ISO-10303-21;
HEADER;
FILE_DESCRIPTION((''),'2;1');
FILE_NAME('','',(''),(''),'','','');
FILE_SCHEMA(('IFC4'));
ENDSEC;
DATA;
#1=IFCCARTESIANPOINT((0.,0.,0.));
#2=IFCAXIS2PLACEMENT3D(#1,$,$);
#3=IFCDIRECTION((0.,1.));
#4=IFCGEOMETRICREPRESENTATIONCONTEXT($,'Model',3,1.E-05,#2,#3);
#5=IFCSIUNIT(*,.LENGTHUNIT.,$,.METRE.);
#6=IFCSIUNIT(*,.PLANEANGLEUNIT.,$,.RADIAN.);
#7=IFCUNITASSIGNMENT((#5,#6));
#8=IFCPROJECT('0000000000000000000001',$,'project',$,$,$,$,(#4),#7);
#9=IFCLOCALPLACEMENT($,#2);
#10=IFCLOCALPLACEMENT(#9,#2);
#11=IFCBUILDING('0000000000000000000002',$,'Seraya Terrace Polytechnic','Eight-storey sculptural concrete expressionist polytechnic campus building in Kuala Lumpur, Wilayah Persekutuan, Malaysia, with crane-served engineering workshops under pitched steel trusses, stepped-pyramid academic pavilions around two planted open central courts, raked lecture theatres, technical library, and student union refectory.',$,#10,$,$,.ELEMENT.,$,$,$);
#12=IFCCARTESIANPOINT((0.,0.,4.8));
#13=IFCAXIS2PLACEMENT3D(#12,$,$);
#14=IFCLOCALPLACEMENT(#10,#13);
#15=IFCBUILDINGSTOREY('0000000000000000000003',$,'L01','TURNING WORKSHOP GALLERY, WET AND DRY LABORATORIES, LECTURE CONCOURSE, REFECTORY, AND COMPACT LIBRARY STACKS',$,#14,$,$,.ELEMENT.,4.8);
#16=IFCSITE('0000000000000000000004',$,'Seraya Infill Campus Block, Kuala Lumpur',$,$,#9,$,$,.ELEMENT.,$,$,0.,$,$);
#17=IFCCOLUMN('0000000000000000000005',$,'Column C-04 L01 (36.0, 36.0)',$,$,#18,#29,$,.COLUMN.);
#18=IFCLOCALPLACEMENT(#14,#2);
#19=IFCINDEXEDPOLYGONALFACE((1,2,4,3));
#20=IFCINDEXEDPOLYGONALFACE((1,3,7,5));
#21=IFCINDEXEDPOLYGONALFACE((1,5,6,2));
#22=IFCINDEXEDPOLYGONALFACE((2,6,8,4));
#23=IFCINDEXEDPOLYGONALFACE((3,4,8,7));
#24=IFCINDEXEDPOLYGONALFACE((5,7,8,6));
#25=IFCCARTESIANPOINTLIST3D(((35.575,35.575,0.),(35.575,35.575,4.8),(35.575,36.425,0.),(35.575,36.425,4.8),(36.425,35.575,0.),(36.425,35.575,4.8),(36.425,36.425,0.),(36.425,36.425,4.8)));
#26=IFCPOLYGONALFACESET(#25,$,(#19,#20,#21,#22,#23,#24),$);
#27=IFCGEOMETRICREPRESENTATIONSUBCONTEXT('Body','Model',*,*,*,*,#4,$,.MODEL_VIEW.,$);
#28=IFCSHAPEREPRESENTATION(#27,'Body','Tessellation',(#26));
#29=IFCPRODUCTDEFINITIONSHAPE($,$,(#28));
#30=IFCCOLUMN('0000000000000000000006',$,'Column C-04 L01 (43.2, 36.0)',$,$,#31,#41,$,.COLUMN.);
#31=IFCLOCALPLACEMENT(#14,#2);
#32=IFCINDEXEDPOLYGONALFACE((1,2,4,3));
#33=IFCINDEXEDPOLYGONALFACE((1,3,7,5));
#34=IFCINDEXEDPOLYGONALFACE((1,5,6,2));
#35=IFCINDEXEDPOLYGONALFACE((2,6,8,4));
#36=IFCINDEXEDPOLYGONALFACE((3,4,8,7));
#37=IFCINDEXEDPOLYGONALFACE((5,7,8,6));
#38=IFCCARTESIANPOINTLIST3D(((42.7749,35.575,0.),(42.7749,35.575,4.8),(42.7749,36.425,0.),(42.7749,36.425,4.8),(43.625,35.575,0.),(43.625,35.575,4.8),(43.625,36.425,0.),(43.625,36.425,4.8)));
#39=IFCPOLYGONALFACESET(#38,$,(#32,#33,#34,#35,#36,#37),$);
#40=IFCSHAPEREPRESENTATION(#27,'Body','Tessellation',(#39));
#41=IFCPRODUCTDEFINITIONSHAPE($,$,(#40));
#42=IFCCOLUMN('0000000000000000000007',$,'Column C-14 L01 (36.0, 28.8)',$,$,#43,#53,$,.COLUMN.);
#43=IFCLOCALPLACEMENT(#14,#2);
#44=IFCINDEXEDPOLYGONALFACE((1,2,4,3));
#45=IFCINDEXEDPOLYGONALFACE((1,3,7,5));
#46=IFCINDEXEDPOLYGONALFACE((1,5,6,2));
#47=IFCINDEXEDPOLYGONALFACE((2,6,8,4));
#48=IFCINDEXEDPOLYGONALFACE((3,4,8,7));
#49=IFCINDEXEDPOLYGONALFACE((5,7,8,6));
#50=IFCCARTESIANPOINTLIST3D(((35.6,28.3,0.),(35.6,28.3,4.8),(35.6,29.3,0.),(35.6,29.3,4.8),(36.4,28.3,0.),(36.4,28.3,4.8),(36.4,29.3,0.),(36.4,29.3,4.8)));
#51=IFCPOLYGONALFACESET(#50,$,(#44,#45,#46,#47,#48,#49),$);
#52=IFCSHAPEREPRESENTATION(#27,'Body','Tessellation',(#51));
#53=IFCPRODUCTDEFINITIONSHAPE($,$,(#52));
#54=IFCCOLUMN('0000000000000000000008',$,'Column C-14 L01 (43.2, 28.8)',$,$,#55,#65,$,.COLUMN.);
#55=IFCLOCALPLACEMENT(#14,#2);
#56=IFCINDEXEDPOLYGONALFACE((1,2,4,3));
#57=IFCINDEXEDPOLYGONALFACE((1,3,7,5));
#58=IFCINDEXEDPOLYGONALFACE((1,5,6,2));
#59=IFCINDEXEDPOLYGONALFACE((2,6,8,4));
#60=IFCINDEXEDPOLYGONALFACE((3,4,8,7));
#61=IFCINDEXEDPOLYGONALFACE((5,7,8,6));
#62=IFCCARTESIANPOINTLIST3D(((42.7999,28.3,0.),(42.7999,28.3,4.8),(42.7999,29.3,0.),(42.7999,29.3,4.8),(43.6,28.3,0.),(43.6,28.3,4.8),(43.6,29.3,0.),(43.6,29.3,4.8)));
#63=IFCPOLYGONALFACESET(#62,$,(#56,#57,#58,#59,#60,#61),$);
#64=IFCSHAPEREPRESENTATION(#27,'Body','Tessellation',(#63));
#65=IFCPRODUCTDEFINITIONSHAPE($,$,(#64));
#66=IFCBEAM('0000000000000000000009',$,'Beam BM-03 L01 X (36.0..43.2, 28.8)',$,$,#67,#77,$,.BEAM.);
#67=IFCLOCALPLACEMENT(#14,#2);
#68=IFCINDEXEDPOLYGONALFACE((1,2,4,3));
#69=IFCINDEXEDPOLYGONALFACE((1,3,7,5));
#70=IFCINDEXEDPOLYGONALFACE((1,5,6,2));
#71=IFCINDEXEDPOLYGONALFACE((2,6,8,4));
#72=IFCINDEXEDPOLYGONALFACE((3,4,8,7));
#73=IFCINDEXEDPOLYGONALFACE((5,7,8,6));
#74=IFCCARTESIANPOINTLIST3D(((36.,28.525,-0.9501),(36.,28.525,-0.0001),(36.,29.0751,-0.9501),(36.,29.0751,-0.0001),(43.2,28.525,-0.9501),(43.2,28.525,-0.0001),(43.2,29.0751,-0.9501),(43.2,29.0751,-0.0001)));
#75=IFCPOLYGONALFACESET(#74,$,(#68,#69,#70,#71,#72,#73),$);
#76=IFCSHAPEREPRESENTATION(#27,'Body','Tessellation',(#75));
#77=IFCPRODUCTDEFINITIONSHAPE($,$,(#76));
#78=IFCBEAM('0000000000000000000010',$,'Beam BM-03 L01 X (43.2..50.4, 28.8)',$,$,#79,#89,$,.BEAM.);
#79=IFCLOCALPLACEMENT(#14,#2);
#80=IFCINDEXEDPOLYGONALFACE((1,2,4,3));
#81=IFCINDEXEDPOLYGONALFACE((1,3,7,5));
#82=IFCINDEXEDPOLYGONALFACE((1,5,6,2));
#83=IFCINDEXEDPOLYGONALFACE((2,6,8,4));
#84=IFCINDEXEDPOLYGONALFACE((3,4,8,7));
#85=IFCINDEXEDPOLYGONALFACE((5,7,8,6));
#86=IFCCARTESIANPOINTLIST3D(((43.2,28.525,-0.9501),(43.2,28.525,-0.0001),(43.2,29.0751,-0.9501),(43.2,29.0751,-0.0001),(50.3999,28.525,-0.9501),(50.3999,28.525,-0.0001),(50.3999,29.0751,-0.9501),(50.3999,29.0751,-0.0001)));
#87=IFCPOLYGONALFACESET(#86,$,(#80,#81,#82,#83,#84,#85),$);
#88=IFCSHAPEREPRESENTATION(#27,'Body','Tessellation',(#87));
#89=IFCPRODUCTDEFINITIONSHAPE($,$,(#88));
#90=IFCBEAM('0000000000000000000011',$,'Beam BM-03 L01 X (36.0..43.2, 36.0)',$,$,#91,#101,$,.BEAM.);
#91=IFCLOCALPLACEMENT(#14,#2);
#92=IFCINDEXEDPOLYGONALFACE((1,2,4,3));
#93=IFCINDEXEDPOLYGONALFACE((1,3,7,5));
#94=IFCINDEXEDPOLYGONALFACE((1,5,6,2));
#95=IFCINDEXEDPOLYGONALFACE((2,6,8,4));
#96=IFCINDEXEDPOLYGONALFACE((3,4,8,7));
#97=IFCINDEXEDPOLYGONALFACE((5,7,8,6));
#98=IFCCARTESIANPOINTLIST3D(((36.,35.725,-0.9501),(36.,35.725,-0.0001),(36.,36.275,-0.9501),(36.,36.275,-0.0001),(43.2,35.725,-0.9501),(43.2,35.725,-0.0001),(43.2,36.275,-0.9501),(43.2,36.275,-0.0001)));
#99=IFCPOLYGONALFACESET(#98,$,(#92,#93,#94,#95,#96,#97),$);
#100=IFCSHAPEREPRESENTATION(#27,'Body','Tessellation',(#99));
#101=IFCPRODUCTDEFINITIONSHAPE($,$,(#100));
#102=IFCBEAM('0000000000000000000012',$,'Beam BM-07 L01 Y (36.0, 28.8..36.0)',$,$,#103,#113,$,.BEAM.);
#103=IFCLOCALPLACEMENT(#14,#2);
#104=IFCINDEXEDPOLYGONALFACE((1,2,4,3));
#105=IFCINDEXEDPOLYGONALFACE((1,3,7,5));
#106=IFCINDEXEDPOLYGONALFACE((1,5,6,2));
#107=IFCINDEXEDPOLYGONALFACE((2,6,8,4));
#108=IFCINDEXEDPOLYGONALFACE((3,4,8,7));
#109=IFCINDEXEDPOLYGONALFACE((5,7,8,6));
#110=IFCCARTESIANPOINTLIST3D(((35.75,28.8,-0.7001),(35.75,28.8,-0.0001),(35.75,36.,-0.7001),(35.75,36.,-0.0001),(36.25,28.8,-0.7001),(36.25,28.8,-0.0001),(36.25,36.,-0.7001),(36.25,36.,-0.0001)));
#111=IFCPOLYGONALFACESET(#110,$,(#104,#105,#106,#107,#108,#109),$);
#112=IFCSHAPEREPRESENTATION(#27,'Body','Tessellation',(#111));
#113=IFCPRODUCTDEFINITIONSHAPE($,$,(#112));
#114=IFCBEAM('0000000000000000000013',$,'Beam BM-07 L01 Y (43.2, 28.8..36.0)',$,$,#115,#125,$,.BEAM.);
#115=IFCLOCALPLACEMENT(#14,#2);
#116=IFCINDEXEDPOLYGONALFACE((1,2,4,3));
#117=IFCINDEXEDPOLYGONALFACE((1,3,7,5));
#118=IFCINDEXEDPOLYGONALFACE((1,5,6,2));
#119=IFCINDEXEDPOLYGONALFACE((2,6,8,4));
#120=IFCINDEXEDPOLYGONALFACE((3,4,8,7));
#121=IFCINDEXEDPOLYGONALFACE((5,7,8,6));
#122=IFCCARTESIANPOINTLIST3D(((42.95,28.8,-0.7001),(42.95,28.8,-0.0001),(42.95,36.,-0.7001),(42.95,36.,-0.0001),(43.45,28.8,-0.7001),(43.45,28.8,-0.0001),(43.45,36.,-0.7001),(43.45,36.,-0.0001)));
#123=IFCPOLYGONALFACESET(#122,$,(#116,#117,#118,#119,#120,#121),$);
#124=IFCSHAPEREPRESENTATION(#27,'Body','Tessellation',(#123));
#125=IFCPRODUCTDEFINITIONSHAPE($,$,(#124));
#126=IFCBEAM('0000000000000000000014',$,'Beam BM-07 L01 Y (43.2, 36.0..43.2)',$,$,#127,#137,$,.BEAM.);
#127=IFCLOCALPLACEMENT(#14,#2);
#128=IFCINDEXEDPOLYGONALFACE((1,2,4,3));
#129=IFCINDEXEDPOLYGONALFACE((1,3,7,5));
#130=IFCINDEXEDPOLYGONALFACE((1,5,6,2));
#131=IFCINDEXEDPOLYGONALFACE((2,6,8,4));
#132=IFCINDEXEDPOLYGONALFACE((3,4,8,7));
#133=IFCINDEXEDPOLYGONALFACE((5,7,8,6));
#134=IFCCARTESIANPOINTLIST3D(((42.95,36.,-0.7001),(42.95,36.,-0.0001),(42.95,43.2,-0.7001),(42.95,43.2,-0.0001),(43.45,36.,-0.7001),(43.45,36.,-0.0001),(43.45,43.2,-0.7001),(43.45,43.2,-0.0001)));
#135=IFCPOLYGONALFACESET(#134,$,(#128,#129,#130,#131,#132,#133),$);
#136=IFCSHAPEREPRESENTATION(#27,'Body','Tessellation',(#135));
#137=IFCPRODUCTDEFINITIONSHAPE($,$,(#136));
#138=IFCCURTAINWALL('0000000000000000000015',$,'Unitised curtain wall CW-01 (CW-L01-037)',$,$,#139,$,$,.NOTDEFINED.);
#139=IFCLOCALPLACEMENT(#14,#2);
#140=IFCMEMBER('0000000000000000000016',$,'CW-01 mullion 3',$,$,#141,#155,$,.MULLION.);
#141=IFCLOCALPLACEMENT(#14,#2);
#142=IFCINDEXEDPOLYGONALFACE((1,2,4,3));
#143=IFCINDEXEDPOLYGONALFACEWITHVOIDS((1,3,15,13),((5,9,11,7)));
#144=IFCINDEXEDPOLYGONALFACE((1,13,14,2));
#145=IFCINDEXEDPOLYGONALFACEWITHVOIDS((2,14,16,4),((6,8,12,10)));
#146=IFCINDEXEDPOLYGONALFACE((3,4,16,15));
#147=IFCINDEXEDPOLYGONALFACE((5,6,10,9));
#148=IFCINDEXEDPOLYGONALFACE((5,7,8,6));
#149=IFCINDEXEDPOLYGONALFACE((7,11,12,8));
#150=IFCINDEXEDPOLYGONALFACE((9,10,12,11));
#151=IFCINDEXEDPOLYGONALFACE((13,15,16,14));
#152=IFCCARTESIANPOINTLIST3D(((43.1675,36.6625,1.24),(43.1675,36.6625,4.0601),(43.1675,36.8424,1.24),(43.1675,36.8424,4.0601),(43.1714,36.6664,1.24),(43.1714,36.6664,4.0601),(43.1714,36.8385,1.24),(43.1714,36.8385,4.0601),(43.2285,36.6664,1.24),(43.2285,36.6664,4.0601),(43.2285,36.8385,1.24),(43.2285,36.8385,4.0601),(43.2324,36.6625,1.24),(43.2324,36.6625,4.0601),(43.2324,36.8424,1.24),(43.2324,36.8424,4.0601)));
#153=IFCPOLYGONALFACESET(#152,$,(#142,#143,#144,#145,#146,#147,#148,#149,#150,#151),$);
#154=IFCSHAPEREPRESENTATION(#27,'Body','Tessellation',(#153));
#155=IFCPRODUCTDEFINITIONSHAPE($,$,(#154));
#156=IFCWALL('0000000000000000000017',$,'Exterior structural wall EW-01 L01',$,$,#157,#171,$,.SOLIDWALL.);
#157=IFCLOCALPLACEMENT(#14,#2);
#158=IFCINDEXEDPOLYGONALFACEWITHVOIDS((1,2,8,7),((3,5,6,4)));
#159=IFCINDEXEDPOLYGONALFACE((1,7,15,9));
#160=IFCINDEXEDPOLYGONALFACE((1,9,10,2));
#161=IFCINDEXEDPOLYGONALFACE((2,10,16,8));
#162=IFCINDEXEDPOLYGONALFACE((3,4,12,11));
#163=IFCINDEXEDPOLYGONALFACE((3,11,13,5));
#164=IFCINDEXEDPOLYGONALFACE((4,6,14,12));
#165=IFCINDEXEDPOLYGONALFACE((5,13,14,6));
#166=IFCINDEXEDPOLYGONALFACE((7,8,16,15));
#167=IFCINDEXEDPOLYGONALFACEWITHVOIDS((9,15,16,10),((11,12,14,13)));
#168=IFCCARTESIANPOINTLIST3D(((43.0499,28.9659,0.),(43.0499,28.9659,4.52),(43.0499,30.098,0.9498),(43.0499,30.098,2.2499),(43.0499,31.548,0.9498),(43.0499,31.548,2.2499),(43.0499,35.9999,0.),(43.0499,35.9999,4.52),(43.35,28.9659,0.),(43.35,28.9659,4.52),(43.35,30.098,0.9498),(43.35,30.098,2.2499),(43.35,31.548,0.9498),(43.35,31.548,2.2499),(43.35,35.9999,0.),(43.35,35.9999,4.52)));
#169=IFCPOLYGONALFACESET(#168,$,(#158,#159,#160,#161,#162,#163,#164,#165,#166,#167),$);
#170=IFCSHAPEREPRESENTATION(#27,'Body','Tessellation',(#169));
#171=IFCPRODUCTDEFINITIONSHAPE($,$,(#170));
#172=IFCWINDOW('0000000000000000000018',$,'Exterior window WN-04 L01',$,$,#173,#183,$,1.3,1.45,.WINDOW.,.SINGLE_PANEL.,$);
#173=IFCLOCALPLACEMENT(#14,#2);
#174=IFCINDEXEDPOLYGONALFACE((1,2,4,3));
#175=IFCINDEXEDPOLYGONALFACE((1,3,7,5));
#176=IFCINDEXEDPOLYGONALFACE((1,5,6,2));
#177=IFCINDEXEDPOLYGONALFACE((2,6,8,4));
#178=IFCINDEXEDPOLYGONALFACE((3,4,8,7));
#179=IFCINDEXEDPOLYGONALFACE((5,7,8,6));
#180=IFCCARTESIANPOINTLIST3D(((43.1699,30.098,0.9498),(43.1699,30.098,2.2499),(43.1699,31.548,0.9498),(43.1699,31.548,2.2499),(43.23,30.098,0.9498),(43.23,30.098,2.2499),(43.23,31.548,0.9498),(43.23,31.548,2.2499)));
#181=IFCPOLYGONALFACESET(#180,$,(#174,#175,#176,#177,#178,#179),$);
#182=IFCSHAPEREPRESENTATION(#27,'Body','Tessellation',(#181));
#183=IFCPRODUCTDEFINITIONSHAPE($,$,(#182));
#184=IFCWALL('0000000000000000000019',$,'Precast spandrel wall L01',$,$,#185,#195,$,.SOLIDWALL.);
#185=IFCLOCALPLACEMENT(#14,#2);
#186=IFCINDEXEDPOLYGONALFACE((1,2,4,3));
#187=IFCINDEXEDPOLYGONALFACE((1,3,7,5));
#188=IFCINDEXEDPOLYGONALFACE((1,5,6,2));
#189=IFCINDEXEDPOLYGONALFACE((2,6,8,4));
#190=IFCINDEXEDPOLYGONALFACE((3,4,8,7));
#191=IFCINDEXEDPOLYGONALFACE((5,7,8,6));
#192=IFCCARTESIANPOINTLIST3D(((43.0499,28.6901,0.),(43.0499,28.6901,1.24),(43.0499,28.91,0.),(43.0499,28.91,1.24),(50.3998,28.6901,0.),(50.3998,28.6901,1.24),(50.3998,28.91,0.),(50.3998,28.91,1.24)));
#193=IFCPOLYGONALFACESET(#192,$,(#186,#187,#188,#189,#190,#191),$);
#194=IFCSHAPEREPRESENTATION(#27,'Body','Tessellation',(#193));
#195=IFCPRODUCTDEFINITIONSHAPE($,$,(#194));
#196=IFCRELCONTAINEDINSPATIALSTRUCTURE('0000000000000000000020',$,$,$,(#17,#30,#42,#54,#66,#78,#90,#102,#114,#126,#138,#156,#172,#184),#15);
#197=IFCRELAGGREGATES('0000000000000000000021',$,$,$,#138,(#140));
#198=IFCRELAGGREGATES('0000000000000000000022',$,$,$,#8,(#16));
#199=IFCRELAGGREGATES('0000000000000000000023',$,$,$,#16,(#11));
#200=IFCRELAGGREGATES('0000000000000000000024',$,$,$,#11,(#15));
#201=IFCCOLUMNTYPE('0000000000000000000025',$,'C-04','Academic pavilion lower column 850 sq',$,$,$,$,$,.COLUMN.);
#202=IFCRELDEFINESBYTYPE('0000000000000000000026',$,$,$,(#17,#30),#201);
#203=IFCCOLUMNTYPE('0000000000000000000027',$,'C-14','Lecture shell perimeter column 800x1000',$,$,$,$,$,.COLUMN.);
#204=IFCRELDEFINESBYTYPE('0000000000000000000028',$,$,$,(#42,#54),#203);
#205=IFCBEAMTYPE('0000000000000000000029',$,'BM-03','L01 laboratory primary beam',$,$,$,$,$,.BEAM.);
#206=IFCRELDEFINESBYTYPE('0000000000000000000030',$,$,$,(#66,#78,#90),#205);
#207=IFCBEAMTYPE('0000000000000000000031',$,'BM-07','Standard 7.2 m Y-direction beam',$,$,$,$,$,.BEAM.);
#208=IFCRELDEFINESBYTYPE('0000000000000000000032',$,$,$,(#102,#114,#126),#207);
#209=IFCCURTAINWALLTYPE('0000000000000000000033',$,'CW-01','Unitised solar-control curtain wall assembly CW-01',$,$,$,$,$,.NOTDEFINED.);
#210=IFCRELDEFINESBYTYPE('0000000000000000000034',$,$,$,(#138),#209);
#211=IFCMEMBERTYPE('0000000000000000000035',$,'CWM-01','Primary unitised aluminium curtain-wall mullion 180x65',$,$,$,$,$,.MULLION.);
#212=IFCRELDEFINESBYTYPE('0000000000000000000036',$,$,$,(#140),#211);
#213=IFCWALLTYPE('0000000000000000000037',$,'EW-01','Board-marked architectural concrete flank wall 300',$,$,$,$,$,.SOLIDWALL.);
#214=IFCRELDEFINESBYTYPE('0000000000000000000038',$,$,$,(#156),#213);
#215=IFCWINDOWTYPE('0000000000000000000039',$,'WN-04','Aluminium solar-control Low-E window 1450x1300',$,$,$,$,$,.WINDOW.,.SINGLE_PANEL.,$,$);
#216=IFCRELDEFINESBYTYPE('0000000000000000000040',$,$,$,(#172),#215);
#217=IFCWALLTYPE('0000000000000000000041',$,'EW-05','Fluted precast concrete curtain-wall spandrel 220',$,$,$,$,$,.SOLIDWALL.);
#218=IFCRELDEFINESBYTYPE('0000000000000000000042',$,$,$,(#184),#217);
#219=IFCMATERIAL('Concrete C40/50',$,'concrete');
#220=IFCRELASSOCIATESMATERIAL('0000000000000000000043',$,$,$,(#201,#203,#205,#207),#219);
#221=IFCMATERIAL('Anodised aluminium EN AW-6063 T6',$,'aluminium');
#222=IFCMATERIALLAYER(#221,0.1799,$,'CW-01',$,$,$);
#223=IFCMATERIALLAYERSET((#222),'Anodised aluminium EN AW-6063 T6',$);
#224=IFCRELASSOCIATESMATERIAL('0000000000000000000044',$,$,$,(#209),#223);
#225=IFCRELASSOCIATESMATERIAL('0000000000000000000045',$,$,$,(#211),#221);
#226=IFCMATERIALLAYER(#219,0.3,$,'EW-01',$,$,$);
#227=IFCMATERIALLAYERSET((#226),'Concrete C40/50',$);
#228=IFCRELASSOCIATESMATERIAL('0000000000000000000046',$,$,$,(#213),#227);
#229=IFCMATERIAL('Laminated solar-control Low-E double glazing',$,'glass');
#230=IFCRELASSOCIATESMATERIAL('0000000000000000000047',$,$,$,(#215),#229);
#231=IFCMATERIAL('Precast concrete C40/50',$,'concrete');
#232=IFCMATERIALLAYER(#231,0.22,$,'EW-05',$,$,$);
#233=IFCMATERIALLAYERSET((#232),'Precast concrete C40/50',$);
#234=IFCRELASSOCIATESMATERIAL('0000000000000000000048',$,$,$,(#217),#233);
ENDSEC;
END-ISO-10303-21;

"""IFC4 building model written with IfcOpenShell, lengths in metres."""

from ifc_helpers import new_model, si_unit, direction, frame, frame_2d, origin, origin_2d, place, context, subcontext, project, spatial, rectangle, hollow_rectangle, extrude, material, layer, layer_set, material_profile, profile_set, type_object, element, fill, aggregate, save


model = new_model("IFC4")

# Units and contexts
model_context = context("Model", 3, precision=1e-05, world=origin(), true_north=direction((0.0, 1.0)))
body_context = subcontext(model_context, "Body", "Model", "MODEL_VIEW")
ifc_project = project(units=[si_unit("LENGTHUNIT", "METRE"), si_unit("PLANEANGLEUNIT", "RADIAN")], contexts=[model_context])

# Site, building, storey
site_placement = place(None, origin())
site = spatial("IfcSite", under=ifc_project, at=site_placement, Name="Seraya Infill Campus Block, Kuala Lumpur", CompositionType="ELEMENT", RefElevation=0.0)
building_placement = place(site_placement, origin())
building = spatial("IfcBuilding", under=site, at=building_placement, Name="Seraya Terrace Polytechnic", Description="Eight-storey sculptural concrete expressionist polytechnic campus building in Kuala Lumpur, Wilayah Persekutuan, Malaysia, with crane-served engineering workshops under pitched steel trusses, stepped-pyramid academic pavilions around two planted open central courts, raked lecture theatres, technical library, and student union refectory.", CompositionType="ELEMENT")
storey_placement = place(building_placement, frame((0.0, 0.0, 4.8)))
storey = spatial("IfcBuildingStorey", under=building, at=storey_placement, Name="L01", Description="TURNING WORKSHOP GALLERY, WET AND DRY LABORATORIES, LECTURE CONCOURSE, REFECTORY, AND COMPACT LIBRARY STACKS", CompositionType="ELEMENT", Elevation=4.8)

# Columns
ifc_material_1 = material(Name="Concrete C40/50", Category="concrete")
ifc_material_profile_1 = material_profile(ifc_material_1, rectangle(XDim=0.8501, YDim=0.8501, at=origin_2d()), Name="RC 850x850")
ifc_profile_set_1 = profile_set([ifc_material_profile_1], Name="Concrete C40/50")
column_type_1 = type_object("IfcColumnType", Name="C-04", Description="Academic pavilion lower column 850 sq", PredefinedType="COLUMN", material=ifc_profile_set_1)
for number, where, z_axis, x_axis, name in (
    (1, (36.0, 36.0, 0.0), (0.0, 0.0, 1.0), (1.0, 0.0, 0.0), "Column C-04 L01 (36.0, 36.0)"),
    (2, (43.2, 36.0, 0.0), (0.0, 0.0, 1.0), (1.0, 0.0, 0.0), "Column C-04 L01 (43.2, 36.0)"),
):
    element("IfcColumn", number, at=place(storey_placement, frame(where, z_axis=z_axis, x_axis=x_axis)), inside=storey, type_object=column_type_1, Name=name, PredefinedType="COLUMN", context=body_context, shape_type="SweptSolid", body=[
        extrude(rectangle(XDim=0.8501, YDim=0.8501, at=origin_2d()), origin(), (0.0, 0.0, 1.0), 4.8),
    ])
ifc_material_profile_2 = material_profile(ifc_material_1, rectangle(XDim=0.8, YDim=1.0, at=origin_2d()), Name="RC 800x1000")
ifc_profile_set_2 = profile_set([ifc_material_profile_2], Name="Concrete C40/50")
column_type_2 = type_object("IfcColumnType", Name="C-14", Description="Lecture shell perimeter column 800x1000", PredefinedType="COLUMN", material=ifc_profile_set_2)
for number, where, z_axis, x_axis, name in (
    (3, (36.0, 28.8, 0.0), (0.0, 0.0, 1.0), (1.0, 0.0, 0.0), "Column C-14 L01 (36.0, 28.8)"),
    (4, (43.2, 28.8, 0.0), (0.0, 0.0, 1.0), (1.0, 0.0, 0.0), "Column C-14 L01 (43.2, 28.8)"),
):
    element("IfcColumn", number, at=place(storey_placement, frame(where, z_axis=z_axis, x_axis=x_axis)), inside=storey, type_object=column_type_2, Name=name, PredefinedType="COLUMN", context=body_context, shape_type="SweptSolid", body=[
        extrude(rectangle(XDim=0.8, YDim=1.0, at=origin_2d()), origin(), (0.0, 0.0, 1.0), 4.8),
    ])

# Beams
ifc_material_profile_3 = material_profile(ifc_material_1, rectangle(XDim=0.55, YDim=0.95, at=origin_2d()), Name="RC 550x950")
ifc_profile_set_3 = profile_set([ifc_material_profile_3], Name="Concrete C40/50")
beam_type_1 = type_object("IfcBeamType", Name="BM-03", Description="L01 laboratory primary beam", PredefinedType="BEAM", material=ifc_profile_set_3)
for number, where, z_axis, x_axis, name in (
    (5, (36.0, 28.8, -0.4751), (1.0, 0.0, 0.0), (0.0, 1.0, 0.0), "Beam BM-03 L01 X (36.0..43.2, 28.8)"),
    (6, (43.2, 28.8, -0.4751), (1.0, 0.0, 0.0), (0.0, 1.0, 0.0), "Beam BM-03 L01 X (43.2..50.4, 28.8)"),
    (7, (36.0, 36.0, -0.4751), (1.0, 0.0, 0.0), (0.0, 1.0, 0.0), "Beam BM-03 L01 X (36.0..43.2, 36.0)"),
):
    element("IfcBeam", number, at=place(storey_placement, frame(where, z_axis=z_axis, x_axis=x_axis)), inside=storey, type_object=beam_type_1, Name=name, PredefinedType="BEAM", context=body_context, shape_type="SweptSolid", body=[
        extrude(rectangle(XDim=0.55, YDim=0.95, at=origin_2d()), origin(), (0.0, 0.0, 1.0), 7.2),
    ])
ifc_material_profile_4 = material_profile(ifc_material_1, rectangle(XDim=0.5, YDim=0.7, at=origin_2d()), Name="RC 500x700")
ifc_profile_set_4 = profile_set([ifc_material_profile_4], Name="Concrete C40/50")
beam_type_2 = type_object("IfcBeamType", Name="BM-07", Description="Standard 7.2 m Y-direction beam", PredefinedType="BEAM", material=ifc_profile_set_4)
for number, where, z_axis, x_axis, name in (
    (8, (36.0, 28.8, -0.3501), (0.0, 1.0, 0.0), (-1.0, 0.0, 0.0), "Beam BM-07 L01 Y (36.0, 28.8..36.0)"),
    (9, (43.2, 28.8, -0.3501), (0.0, 1.0, 0.0), (-1.0, 0.0, 0.0), "Beam BM-07 L01 Y (43.2, 28.8..36.0)"),
    (10, (43.2, 36.0, -0.3501), (0.0, 1.0, 0.0), (-1.0, 0.0, 0.0), "Beam BM-07 L01 Y (43.2, 36.0..43.2)"),
):
    element("IfcBeam", number, at=place(storey_placement, frame(where, z_axis=z_axis, x_axis=x_axis)), inside=storey, type_object=beam_type_2, Name=name, PredefinedType="BEAM", context=body_context, shape_type="SweptSolid", body=[
        extrude(rectangle(XDim=0.5, YDim=0.7, at=origin_2d()), origin(), (0.0, 0.0, 1.0), 7.2),
    ])

# Curtain wall, member
ifc_material_2 = material(Name="Anodised aluminium EN AW-6063 T6", Category="aluminium")
ifc_layer_1 = layer(ifc_material_2, 0.1799, Name="CW-01")
ifc_layer_set_1 = layer_set([ifc_layer_1], Name="Anodised aluminium EN AW-6063 T6")
curtain_wall_type = type_object("IfcCurtainWallType", Name="CW-01", Description="Unitised solar-control curtain wall assembly CW-01", PredefinedType="NOTDEFINED", material=ifc_layer_set_1)
curtain_wall_placement = place(storey_placement, origin())
curtain_wall = element("IfcCurtainWall", 11, at=curtain_wall_placement, inside=storey, type_object=curtain_wall_type, Name="Unitised curtain wall CW-01 (CW-L01-037)", PredefinedType="NOTDEFINED")
ifc_material_profile_5 = material_profile(ifc_material_2, hollow_rectangle(XDim=0.0649, YDim=0.1799, WallThickness=0.0039, at=origin_2d()), Name="RHS 180x65x4.0")
ifc_profile_set_5 = profile_set([ifc_material_profile_5], Name="Anodised aluminium EN AW-6063 T6")
member_type = type_object("IfcMemberType", Name="CWM-01", Description="Primary unitised aluminium curtain-wall mullion 180x65", PredefinedType="MULLION", material=ifc_profile_set_5)
member_placement = place(storey_placement, frame((43.2, 36.7524, 1.24), z_axis=(0.0, 0.0, 1.0), x_axis=(1.0, 0.0, 0.0)))
member = element("IfcMember", 12, at=member_placement, type_object=member_type, Name="CW-01 mullion 3", PredefinedType="MULLION", context=body_context, shape_type="SweptSolid", body=[
    extrude(hollow_rectangle(XDim=0.0649, YDim=0.1799, WallThickness=0.0039, at=origin_2d()), origin(), (0.0, 0.0, 1.0), 2.8201),
])
aggregate(curtain_wall, [member])

# Wall, opening, window
ifc_layer_2 = layer(ifc_material_1, 0.3, Name="EW-01")
ifc_layer_set_2 = layer_set([ifc_layer_2], Name="Concrete C40/50")
wall_type_1 = type_object("IfcWallType", Name="EW-01", Description="Board-marked architectural concrete flank wall 300", PredefinedType="SOLIDWALL", material=ifc_layer_set_2)
wall_1_placement = place(storey_placement, frame((43.2, 36.0, 0.0), z_axis=(0.0, 0.0, 1.0), x_axis=(0.0, -1.0, 0.0)))
wall_1 = element("IfcWall", 13, at=wall_1_placement, inside=storey, type_object=wall_type_1, Name="Exterior structural wall EW-01 L01", PredefinedType="SOLIDWALL", context=body_context, shape_type="SweptSolid", body=[
    extrude(rectangle(XDim=7.0339, YDim=0.3, at=frame_2d((3.5171, 0.0))), origin(), (0.0, 0.0, 1.0), 4.52),
])
opening_1_placement = place(wall_1_placement, frame((4.4519, 0.0, 0.95)))
opening_1 = element("IfcOpeningElement", 14, at=opening_1_placement, cuts=wall_1, PredefinedType="OPENING", context=body_context, shape_type="SweptSolid", body=[
    extrude(rectangle(XDim=1.45, YDim=1.3, at=frame_2d((0.7251, 0.6499))), frame((0.0, 0.1621, 0.0), z_axis=(0.0, -1.0, 0.0), x_axis=(1.0, 0.0, 0.0)), (0.0, 0.0, 1.0), 0.324),
])
ifc_material_3 = material(Name="Laminated solar-control Low-E double glazing", Category="glass")
window_type = type_object("IfcWindowType", Name="WN-04", Description="Aluminium solar-control Low-E window 1450x1300", PartitioningType="SINGLE_PANEL", PredefinedType="WINDOW", material=ifc_material_3)
window_placement = place(opening_1_placement, origin())
window = element("IfcWindow", 15, at=window_placement, inside=storey, type_object=window_type, Name="Exterior window WN-04 L01", OverallHeight=1.3, OverallWidth=1.45, PartitioningType="SINGLE_PANEL", PredefinedType="WINDOW", context=body_context, shape_type="SweptSolid", body=[
    extrude(rectangle(XDim=1.45, YDim=1.3, at=frame_2d((0.7251, 0.6499))), frame((0.0, 0.03, 0.0), z_axis=(0.0, -1.0, 0.0), x_axis=(1.0, 0.0, 0.0)), (0.0, 0.0, 1.0), 0.0601),
])
fill(opening_1, window)

# Wall
ifc_material_4 = material(Name="Precast concrete C40/50", Category="concrete")
ifc_layer_3 = layer(ifc_material_4, 0.22, Name="EW-05")
ifc_layer_set_3 = layer_set([ifc_layer_3], Name="Precast concrete C40/50")
wall_type_2 = type_object("IfcWallType", Name="EW-05", Description="Fluted precast concrete curtain-wall spandrel 220", PredefinedType="SOLIDWALL", material=ifc_layer_set_3)
wall_2_placement = place(storey_placement, frame((43.05, 28.8, 0.0), z_axis=(0.0, 0.0, 1.0), x_axis=(1.0, 0.0, 0.0)))
element("IfcWall", 16, at=wall_2_placement, inside=storey, type_object=wall_type_2, Name="Precast spandrel wall L01", PredefinedType="SOLIDWALL", context=body_context, shape_type="SweptSolid", body=[
    extrude(rectangle(XDim=7.3499, YDim=0.22, at=frame_2d((3.6748, 0.0))), origin(), (0.0, 0.0, 1.0), 1.24),
])

save(model, "model.ifc")
